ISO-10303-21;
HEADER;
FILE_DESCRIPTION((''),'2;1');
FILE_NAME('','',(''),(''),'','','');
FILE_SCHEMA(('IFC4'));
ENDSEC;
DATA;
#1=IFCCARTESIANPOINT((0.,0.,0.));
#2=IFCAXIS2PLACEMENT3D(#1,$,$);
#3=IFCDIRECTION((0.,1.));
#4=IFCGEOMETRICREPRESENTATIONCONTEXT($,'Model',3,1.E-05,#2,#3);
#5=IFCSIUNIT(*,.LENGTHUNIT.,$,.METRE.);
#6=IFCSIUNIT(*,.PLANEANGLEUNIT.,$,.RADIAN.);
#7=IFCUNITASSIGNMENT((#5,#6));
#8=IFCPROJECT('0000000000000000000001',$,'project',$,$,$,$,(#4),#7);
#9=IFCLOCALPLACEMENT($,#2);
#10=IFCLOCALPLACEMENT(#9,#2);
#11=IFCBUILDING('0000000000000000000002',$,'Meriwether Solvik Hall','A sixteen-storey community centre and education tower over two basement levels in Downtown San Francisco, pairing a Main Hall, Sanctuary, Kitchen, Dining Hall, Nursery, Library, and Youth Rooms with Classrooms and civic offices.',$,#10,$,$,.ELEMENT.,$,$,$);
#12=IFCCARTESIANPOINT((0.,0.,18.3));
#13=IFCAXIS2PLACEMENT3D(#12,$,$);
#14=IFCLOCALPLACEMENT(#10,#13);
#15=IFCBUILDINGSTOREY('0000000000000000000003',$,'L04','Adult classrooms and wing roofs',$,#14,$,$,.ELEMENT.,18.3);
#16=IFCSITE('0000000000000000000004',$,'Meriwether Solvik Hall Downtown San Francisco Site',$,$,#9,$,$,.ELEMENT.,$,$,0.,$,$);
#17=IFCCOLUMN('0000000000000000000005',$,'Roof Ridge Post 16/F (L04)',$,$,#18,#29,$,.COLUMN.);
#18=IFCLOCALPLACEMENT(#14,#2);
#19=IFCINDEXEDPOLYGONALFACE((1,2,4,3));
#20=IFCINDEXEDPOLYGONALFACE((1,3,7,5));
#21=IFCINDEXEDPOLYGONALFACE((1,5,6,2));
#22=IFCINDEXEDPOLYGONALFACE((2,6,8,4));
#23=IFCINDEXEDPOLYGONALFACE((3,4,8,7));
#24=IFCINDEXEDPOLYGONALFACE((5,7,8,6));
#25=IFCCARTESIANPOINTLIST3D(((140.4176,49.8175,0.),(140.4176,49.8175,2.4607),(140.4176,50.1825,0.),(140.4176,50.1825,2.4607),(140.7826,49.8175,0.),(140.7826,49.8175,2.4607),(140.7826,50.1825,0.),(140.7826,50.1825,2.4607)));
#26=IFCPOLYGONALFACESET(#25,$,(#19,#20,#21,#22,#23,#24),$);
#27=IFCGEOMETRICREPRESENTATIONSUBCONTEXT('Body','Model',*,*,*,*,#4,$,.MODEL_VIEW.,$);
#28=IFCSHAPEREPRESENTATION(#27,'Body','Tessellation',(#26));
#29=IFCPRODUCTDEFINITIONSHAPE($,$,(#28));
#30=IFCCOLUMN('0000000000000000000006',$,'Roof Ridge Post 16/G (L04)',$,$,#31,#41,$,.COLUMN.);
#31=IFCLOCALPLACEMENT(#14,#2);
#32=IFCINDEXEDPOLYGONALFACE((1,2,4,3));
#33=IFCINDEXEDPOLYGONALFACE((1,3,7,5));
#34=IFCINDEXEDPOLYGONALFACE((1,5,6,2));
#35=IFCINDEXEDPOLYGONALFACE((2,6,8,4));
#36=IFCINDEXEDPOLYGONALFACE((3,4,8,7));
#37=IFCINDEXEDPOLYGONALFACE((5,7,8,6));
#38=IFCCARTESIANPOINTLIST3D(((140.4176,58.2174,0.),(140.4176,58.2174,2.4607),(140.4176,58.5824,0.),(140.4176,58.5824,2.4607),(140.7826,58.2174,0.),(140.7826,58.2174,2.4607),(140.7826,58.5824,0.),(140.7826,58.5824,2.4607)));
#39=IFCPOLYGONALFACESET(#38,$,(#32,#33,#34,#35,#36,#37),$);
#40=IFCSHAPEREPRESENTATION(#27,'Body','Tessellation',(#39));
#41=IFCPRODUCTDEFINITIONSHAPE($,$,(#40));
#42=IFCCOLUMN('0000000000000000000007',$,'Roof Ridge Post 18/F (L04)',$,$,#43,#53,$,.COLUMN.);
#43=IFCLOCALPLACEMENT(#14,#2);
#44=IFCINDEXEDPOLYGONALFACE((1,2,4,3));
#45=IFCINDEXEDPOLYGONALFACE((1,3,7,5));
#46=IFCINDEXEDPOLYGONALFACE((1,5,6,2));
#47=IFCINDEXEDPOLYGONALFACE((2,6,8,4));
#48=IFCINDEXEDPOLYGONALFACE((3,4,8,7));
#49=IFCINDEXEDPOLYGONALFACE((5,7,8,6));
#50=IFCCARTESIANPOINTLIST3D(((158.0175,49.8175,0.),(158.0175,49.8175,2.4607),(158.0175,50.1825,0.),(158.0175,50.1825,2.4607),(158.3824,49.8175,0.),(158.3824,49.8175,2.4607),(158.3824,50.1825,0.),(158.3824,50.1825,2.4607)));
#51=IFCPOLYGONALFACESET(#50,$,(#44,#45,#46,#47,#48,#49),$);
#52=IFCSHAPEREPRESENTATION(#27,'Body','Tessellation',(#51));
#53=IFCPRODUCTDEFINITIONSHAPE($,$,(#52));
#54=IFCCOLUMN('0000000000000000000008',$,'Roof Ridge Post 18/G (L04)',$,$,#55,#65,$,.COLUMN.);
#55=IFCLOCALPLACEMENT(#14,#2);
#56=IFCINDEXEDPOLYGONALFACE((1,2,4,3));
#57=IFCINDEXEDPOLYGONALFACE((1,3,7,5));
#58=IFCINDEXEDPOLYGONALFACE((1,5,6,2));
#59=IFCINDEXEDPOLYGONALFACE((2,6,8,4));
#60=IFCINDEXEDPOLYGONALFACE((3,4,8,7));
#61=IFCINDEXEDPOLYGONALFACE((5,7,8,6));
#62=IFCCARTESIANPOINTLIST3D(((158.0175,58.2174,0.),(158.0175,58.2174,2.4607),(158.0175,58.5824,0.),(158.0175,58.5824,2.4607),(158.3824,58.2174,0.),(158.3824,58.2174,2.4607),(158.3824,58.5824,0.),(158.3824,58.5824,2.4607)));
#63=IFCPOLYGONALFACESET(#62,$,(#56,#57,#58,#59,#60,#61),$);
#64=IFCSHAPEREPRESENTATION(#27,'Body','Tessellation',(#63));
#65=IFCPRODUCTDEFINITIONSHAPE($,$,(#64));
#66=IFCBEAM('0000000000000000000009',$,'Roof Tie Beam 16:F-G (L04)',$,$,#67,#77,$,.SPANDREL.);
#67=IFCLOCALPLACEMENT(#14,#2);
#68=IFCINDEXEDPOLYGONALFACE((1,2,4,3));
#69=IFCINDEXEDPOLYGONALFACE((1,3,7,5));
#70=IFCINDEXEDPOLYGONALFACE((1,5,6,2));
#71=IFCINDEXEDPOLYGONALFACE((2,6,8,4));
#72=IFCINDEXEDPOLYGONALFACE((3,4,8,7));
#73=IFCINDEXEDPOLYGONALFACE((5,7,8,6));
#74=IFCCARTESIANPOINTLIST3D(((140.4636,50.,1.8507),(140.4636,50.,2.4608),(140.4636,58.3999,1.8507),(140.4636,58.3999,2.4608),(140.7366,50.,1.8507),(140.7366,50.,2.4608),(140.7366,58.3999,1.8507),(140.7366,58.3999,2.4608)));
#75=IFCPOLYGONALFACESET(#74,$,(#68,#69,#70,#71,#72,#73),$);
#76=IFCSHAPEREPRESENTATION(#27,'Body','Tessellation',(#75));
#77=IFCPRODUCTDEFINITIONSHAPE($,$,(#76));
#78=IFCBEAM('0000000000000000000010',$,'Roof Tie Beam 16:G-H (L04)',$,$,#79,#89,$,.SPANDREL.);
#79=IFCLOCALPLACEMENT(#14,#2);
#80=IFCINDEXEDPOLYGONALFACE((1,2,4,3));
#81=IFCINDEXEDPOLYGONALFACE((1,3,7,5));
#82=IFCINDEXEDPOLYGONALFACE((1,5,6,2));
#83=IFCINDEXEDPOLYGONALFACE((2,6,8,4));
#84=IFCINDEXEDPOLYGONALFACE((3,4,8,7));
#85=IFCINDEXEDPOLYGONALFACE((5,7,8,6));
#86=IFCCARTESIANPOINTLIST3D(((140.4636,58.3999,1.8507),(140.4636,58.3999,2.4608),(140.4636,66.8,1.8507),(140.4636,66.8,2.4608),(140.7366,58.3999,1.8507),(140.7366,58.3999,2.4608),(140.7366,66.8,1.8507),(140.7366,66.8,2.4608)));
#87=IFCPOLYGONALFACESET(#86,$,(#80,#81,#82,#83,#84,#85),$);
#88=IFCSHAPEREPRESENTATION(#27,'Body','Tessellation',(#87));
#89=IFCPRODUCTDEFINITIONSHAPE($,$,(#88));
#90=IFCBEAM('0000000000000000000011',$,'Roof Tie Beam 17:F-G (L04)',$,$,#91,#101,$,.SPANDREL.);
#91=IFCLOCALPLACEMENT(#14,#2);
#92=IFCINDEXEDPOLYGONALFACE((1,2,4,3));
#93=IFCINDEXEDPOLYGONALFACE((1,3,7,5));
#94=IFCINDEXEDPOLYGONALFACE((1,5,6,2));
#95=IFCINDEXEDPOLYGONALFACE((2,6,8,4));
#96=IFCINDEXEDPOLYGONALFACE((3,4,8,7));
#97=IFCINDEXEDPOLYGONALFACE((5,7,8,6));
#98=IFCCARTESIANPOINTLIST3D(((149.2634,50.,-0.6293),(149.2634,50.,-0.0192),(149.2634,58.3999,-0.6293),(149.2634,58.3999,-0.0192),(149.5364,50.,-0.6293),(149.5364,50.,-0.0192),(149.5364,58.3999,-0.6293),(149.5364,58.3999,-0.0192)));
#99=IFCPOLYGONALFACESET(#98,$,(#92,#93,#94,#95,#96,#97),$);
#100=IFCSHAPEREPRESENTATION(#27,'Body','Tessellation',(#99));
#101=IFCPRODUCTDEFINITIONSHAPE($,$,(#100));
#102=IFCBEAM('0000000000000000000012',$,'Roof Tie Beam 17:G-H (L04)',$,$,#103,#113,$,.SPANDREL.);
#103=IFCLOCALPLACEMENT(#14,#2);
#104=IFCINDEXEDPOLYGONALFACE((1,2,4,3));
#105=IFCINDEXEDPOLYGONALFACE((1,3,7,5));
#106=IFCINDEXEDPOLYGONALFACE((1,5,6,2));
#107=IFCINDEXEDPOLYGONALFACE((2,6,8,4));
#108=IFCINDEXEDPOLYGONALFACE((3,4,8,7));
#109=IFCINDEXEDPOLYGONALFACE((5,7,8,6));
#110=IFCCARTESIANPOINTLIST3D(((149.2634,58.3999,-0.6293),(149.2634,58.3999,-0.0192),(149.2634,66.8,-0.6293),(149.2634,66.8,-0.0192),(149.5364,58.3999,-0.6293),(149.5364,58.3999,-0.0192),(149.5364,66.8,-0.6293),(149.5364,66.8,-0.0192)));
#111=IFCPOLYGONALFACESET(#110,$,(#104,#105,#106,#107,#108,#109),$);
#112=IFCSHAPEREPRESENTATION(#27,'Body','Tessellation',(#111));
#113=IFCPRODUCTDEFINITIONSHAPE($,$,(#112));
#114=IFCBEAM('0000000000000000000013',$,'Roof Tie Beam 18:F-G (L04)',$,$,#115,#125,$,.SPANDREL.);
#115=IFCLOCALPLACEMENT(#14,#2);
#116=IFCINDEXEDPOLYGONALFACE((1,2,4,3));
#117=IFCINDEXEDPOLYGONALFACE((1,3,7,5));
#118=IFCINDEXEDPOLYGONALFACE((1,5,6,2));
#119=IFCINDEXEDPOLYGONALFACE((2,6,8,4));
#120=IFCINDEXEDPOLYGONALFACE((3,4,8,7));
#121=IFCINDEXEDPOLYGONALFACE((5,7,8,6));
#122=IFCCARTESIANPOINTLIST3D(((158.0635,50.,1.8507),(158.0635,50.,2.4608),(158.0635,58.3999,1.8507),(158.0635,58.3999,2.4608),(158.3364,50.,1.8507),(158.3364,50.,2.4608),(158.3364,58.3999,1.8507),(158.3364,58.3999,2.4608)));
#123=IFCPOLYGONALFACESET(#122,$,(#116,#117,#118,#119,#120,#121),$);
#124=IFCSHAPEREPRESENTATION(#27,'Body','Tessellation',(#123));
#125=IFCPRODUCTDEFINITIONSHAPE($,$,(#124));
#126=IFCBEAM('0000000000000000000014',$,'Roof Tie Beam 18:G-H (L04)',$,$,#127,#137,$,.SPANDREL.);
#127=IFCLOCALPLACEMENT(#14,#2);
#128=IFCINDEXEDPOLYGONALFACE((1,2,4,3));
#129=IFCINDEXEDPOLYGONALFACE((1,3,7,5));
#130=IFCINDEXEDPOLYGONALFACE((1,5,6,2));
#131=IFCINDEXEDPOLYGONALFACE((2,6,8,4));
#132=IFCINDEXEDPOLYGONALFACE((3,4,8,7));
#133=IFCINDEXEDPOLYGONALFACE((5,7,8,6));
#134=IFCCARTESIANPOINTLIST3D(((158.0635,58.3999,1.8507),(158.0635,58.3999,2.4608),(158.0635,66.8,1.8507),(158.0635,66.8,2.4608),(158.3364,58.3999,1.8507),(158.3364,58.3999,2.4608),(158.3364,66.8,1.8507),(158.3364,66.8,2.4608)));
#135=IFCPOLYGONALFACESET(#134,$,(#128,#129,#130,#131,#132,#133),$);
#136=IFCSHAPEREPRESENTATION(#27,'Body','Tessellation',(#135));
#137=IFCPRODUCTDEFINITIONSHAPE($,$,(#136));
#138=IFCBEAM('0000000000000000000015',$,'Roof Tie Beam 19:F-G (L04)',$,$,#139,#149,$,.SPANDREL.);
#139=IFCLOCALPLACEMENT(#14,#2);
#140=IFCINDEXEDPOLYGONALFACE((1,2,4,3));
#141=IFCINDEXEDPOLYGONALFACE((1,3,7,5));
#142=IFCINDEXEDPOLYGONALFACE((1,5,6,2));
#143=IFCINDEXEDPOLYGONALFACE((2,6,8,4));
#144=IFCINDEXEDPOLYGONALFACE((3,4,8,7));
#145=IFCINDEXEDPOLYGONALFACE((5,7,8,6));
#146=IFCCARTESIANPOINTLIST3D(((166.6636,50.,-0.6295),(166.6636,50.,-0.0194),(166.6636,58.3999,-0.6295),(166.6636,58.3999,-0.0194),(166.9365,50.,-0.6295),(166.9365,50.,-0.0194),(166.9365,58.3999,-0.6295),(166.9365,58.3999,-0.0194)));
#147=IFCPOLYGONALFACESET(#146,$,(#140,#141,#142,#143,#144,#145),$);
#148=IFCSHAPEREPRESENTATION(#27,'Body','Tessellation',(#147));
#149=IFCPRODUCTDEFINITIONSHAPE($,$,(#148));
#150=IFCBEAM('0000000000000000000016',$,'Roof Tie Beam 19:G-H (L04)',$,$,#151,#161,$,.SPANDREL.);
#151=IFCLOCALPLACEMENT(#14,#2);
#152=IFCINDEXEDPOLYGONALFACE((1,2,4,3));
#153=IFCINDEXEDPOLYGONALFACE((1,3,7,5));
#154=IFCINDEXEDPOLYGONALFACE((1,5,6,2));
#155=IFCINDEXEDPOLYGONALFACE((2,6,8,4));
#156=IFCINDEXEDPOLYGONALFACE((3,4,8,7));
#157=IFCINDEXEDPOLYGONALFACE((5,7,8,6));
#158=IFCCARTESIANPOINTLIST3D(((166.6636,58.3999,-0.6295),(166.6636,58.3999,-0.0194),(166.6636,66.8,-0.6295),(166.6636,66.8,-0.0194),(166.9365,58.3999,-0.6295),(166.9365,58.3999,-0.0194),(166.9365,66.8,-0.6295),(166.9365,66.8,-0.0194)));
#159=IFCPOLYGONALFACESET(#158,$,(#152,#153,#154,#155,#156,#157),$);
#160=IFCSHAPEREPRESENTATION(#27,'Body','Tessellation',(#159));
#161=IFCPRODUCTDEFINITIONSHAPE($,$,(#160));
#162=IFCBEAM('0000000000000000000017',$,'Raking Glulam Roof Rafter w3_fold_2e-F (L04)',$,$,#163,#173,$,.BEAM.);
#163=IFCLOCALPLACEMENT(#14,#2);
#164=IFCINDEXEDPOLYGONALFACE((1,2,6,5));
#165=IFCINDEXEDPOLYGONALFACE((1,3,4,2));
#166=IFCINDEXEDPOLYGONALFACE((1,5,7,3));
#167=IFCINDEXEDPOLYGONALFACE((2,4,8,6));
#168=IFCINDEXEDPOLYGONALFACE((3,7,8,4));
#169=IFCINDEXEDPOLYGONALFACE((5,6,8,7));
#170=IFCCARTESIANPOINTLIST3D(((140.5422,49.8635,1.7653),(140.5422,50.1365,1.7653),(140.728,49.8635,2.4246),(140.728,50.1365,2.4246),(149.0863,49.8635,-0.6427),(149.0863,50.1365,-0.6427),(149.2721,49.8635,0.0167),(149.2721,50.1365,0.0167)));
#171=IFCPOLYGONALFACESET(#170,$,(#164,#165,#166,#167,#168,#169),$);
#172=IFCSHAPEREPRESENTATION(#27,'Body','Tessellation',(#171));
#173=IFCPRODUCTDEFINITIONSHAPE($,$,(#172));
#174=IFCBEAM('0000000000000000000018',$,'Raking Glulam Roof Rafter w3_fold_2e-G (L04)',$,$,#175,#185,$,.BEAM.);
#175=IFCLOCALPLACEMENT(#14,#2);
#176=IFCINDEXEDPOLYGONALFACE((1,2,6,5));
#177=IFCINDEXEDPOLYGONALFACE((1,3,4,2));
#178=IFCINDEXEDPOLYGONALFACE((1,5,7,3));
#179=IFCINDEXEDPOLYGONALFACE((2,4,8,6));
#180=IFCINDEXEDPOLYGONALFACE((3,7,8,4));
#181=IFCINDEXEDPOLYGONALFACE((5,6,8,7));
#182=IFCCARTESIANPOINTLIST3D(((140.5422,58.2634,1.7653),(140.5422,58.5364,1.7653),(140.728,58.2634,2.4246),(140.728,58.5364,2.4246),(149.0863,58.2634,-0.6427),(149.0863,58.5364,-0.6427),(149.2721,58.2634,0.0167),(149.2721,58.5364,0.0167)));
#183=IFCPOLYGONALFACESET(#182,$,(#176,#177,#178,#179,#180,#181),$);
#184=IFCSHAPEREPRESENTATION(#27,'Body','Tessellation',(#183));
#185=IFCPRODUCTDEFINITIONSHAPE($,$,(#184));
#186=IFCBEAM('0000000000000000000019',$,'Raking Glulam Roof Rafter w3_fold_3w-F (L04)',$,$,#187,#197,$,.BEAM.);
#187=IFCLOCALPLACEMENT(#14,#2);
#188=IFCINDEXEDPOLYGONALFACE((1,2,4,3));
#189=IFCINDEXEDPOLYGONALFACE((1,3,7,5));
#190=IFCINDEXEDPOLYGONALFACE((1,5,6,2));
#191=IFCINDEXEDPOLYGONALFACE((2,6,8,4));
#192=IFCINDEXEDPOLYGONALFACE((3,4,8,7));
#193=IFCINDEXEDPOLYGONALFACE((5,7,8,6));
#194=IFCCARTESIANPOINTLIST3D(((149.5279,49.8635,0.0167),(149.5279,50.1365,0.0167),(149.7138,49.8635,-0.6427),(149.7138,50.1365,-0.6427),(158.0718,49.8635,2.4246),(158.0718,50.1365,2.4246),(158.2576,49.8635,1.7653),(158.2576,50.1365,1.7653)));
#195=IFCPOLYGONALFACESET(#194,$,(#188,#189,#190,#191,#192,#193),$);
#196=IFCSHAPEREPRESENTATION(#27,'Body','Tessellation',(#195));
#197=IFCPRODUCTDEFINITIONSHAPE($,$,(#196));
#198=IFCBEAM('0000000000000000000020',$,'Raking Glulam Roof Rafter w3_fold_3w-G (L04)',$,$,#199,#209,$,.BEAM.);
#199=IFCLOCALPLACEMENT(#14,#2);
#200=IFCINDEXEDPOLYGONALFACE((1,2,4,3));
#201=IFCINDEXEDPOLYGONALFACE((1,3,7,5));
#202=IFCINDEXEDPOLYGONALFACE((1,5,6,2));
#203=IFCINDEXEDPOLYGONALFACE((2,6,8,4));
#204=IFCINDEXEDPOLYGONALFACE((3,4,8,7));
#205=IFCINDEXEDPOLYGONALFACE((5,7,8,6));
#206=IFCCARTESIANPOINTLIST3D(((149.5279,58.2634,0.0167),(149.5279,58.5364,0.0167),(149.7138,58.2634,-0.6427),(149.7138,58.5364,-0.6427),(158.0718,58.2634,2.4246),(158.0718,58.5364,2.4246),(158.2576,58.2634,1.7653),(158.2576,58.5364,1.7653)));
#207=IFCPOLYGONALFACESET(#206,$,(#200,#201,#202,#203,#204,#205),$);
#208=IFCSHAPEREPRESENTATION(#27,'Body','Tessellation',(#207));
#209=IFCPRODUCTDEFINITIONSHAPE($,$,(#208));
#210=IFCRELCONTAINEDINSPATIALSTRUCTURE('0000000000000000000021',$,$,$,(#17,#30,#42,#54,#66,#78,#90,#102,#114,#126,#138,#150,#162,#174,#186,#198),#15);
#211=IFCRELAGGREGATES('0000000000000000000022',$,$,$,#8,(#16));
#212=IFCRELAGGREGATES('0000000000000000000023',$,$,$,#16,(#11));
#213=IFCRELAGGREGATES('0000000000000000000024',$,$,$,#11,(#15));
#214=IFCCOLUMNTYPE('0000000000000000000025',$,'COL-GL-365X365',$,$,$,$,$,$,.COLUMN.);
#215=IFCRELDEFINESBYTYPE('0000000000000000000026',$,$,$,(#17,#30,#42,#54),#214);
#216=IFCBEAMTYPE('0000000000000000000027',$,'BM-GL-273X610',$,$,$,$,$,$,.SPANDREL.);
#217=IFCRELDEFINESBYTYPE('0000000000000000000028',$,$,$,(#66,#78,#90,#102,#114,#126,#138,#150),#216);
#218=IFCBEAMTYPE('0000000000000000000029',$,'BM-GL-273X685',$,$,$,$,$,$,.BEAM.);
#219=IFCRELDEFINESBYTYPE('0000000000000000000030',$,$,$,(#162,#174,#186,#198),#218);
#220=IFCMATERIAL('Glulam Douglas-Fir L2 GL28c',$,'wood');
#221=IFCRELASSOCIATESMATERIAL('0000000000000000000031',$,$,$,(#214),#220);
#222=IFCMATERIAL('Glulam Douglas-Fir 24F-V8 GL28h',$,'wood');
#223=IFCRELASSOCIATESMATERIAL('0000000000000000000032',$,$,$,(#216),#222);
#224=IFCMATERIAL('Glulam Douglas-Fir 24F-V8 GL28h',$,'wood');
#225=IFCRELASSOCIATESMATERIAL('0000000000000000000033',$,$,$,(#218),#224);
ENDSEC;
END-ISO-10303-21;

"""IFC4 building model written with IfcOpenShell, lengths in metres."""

from ifc_helpers import new_model, si_unit, direction, frame, origin, origin_2d, place, context, subcontext, project, spatial, rectangle, extrude, material, material_profile, profile_set, type_object, element, save


model = new_model("IFC4")

# Units and contexts
model_context = context("Model", 3, precision=1e-05, world=origin(), true_north=direction((0.0, 1.0)))
body_context = subcontext(model_context, "Body", "Model", "MODEL_VIEW")
ifc_project = project(units=[si_unit("LENGTHUNIT", "METRE"), si_unit("PLANEANGLEUNIT", "RADIAN")], contexts=[model_context])

# Site, building, storey
site_placement = place(None, origin())
site = spatial("IfcSite", under=ifc_project, at=site_placement, Name="Meriwether Solvik Hall Downtown San Francisco Site", CompositionType="ELEMENT", RefElevation=0.0)
building_placement = place(site_placement, origin())
building = spatial("IfcBuilding", under=site, at=building_placement, Name="Meriwether Solvik Hall", Description="A sixteen-storey community centre and education tower over two basement levels in Downtown San Francisco, pairing a Main Hall, Sanctuary, Kitchen, Dining Hall, Nursery, Library, and Youth Rooms with Classrooms and civic offices.", CompositionType="ELEMENT")
storey_placement = place(building_placement, frame((0.0, 0.0, 18.3)))
storey = spatial("IfcBuildingStorey", under=building, at=storey_placement, Name="L04", Description="Adult classrooms and wing roofs", CompositionType="ELEMENT", Elevation=18.3)

# Columns
ifc_material_1 = material(Name="Glulam Douglas-Fir L2 GL28c", Category="wood")
ifc_material_profile_1 = material_profile(ifc_material_1, rectangle(XDim=0.365, YDim=0.365, at=origin_2d()), Name="GLC-365X365")
ifc_profile_set_1 = profile_set([ifc_material_profile_1], Name="Glulam Douglas-Fir L2 GL28c")
column_type = type_object("IfcColumnType", Name="COL-GL-365X365", PredefinedType="COLUMN", material=ifc_profile_set_1)
for number, where, z_axis, x_axis, name in (
    (1, (140.6001, 50.0, 0.0), (0.0, 0.0, 1.0), (1.0, 0.0, 0.0), "Roof Ridge Post 16/F (L04)"),
    (2, (140.6001, 58.3999, 0.0), (0.0, 0.0, 1.0), (1.0, 0.0, 0.0), "Roof Ridge Post 16/G (L04)"),
    (3, (158.2, 50.0, 0.0), (0.0, 0.0, 1.0), (1.0, 0.0, 0.0), "Roof Ridge Post 18/F (L04)"),
    (4, (158.2, 58.3999, 0.0), (0.0, 0.0, 1.0), (1.0, 0.0, 0.0), "Roof Ridge Post 18/G (L04)"),
):
    element("IfcColumn", number, at=place(storey_placement, frame(where, z_axis=z_axis, x_axis=x_axis)), inside=storey, type_object=column_type, Name=name, PredefinedType="COLUMN", context=body_context, shape_type="SweptSolid", body=[
        extrude(rectangle(XDim=0.365, YDim=0.365, at=origin_2d()), origin(), (0.0, 0.0, 1.0), 2.4607),
    ])

# Beams
ifc_material_2 = material(Name="Glulam Douglas-Fir 24F-V8 GL28h", Category="wood")
ifc_material_profile_2 = material_profile(ifc_material_2, rectangle(XDim=0.2729, YDim=0.6101, at=origin_2d()), Name="GLB-273X610")
ifc_profile_set_2 = profile_set([ifc_material_profile_2], Name="Glulam Douglas-Fir 24F-V8 GL28h")
beam_type_1 = type_object("IfcBeamType", Name="BM-GL-273X610", PredefinedType="SPANDREL", material=ifc_profile_set_2)
beam_1_placement = place(storey_placement, frame((140.6001, 50.0, 2.1558), z_axis=(0.0, 1.0, 0.0), x_axis=(-1.0, 0.0, 0.0)))
element("IfcBeam", 5, at=beam_1_placement, inside=storey, type_object=beam_type_1, Name="Roof Tie Beam 16:F-G (L04)", PredefinedType="SPANDREL", context=body_context, shape_type="SweptSolid", body=[
    extrude(rectangle(XDim=0.2729, YDim=0.6101, at=origin_2d()), origin(), (0.0, 0.0, 1.0), 8.3999),
])
beam_2_placement = place(storey_placement, frame((140.6001, 58.3999, 2.1558), z_axis=(0.0, 1.0, 0.0), x_axis=(-1.0, 0.0, 0.0)))
element("IfcBeam", 6, at=beam_2_placement, inside=storey, type_object=beam_type_1, Name="Roof Tie Beam 16:G-H (L04)", PredefinedType="SPANDREL", context=body_context, shape_type="SweptSolid", body=[
    extrude(rectangle(XDim=0.2729, YDim=0.6101, at=origin_2d()), origin(), (0.0, 0.0, 1.0), 8.4001),
])
beam_3_placement = place(storey_placement, frame((149.3999, 50.0, -0.3242), z_axis=(0.0, 1.0, 0.0), x_axis=(-1.0, 0.0, 0.0)))
element("IfcBeam", 7, at=beam_3_placement, inside=storey, type_object=beam_type_1, Name="Roof Tie Beam 17:F-G (L04)", PredefinedType="SPANDREL", context=body_context, shape_type="SweptSolid", body=[
    extrude(rectangle(XDim=0.2729, YDim=0.6101, at=origin_2d()), origin(), (0.0, 0.0, 1.0), 8.3999),
])
beam_4_placement = place(storey_placement, frame((149.3999, 58.3999, -0.3242), z_axis=(0.0, 1.0, 0.0), x_axis=(-1.0, 0.0, 0.0)))
element("IfcBeam", 8, at=beam_4_placement, inside=storey, type_object=beam_type_1, Name="Roof Tie Beam 17:G-H (L04)", PredefinedType="SPANDREL", context=body_context, shape_type="SweptSolid", body=[
    extrude(rectangle(XDim=0.2729, YDim=0.6101, at=origin_2d()), origin(), (0.0, 0.0, 1.0), 8.4001),
])
beam_5_placement = place(storey_placement, frame((158.2, 50.0, 2.1558), z_axis=(0.0, 1.0, 0.0), x_axis=(-1.0, 0.0, 0.0)))
element("IfcBeam", 9, at=beam_5_placement, inside=storey, type_object=beam_type_1, Name="Roof Tie Beam 18:F-G (L04)", PredefinedType="SPANDREL", context=body_context, shape_type="SweptSolid", body=[
    extrude(rectangle(XDim=0.2729, YDim=0.6101, at=origin_2d()), origin(), (0.0, 0.0, 1.0), 8.3999),
])
beam_6_placement = place(storey_placement, frame((158.2, 58.3999, 2.1558), z_axis=(0.0, 1.0, 0.0), x_axis=(-1.0, 0.0, 0.0)))
element("IfcBeam", 10, at=beam_6_placement, inside=storey, type_object=beam_type_1, Name="Roof Tie Beam 18:G-H (L04)", PredefinedType="SPANDREL", context=body_context, shape_type="SweptSolid", body=[
    extrude(rectangle(XDim=0.2729, YDim=0.6101, at=origin_2d()), origin(), (0.0, 0.0, 1.0), 8.4001),
])
beam_7_placement = place(storey_placement, frame((166.8, 50.0, -0.3245), z_axis=(0.0, 1.0, 0.0), x_axis=(-1.0, 0.0, 0.0)))
element("IfcBeam", 11, at=beam_7_placement, inside=storey, type_object=beam_type_1, Name="Roof Tie Beam 19:F-G (L04)", PredefinedType="SPANDREL", context=body_context, shape_type="SweptSolid", body=[
    extrude(rectangle(XDim=0.2729, YDim=0.6101, at=origin_2d()), origin(), (0.0, 0.0, 1.0), 8.3999),
])
beam_8_placement = place(storey_placement, frame((166.8, 58.3999, -0.3245), z_axis=(0.0, 1.0, 0.0), x_axis=(-1.0, 0.0, 0.0)))
element("IfcBeam", 12, at=beam_8_placement, inside=storey, type_object=beam_type_1, Name="Roof Tie Beam 19:G-H (L04)", PredefinedType="SPANDREL", context=body_context, shape_type="SweptSolid", body=[
    extrude(rectangle(XDim=0.2729, YDim=0.6101, at=origin_2d()), origin(), (0.0, 0.0, 1.0), 8.4001),
])
ifc_material_3 = material(Name="Glulam Douglas-Fir 24F-V8 GL28h", Category="wood")
ifc_material_profile_3 = material_profile(ifc_material_3, rectangle(XDim=0.2729, YDim=0.6851, at=origin_2d()), Name="GLB-273X685")
ifc_profile_set_3 = profile_set([ifc_material_profile_3], Name="Glulam Douglas-Fir 24F-V8 GL28h")
beam_type_2 = type_object("IfcBeamType", Name="BM-GL-273X685", PredefinedType="BEAM", material=ifc_profile_set_3)
for number, where, z_axis, x_axis, name in (
    (13, (149.1792, 50.0, -0.313), (-0.962507, 0.0, 0.271258), (0.0, -1.0, 0.0), "Raking Glulam Roof Rafter w3_fold_2e-F (L04)"),
    (14, (149.1792, 58.3999, -0.313), (-0.962507, 0.0, 0.271258), (0.0, -1.0, 0.0), "Raking Glulam Roof Rafter w3_fold_2e-G (L04)"),
):
    element("IfcBeam", number, at=place(storey_placement, frame(where, z_axis=z_axis, x_axis=x_axis)), inside=storey, type_object=beam_type_2, Name=name, PredefinedType="BEAM", context=body_context, shape_type="SweptSolid", body=[
        extrude(rectangle(XDim=0.2729, YDim=0.6851, at=origin_2d()), origin(), (0.0, 0.0, 1.0), 8.877),
    ])
for number, where, z_axis, x_axis, name in (
    (15, (149.6208, 50.0, -0.313), (0.962505, 0.0, 0.271265), (0.0, 1.0, 0.0), "Raking Glulam Roof Rafter w3_fold_3w-F (L04)"),
    (16, (149.6208, 58.3999, -0.313), (0.962505, 0.0, 0.271265), (0.0, 1.0, 0.0), "Raking Glulam Roof Rafter w3_fold_3w-G (L04)"),
):
    element("IfcBeam", number, at=place(storey_placement, frame(where, z_axis=z_axis, x_axis=x_axis)), inside=storey, type_object=beam_type_2, Name=name, PredefinedType="BEAM", context=body_context, shape_type="SweptSolid", body=[
        extrude(rectangle(XDim=0.2729, YDim=0.6851, at=origin_2d()), origin(), (0.0, 0.0, 1.0), 8.8767),
    ])

save(model, "model.ifc")
